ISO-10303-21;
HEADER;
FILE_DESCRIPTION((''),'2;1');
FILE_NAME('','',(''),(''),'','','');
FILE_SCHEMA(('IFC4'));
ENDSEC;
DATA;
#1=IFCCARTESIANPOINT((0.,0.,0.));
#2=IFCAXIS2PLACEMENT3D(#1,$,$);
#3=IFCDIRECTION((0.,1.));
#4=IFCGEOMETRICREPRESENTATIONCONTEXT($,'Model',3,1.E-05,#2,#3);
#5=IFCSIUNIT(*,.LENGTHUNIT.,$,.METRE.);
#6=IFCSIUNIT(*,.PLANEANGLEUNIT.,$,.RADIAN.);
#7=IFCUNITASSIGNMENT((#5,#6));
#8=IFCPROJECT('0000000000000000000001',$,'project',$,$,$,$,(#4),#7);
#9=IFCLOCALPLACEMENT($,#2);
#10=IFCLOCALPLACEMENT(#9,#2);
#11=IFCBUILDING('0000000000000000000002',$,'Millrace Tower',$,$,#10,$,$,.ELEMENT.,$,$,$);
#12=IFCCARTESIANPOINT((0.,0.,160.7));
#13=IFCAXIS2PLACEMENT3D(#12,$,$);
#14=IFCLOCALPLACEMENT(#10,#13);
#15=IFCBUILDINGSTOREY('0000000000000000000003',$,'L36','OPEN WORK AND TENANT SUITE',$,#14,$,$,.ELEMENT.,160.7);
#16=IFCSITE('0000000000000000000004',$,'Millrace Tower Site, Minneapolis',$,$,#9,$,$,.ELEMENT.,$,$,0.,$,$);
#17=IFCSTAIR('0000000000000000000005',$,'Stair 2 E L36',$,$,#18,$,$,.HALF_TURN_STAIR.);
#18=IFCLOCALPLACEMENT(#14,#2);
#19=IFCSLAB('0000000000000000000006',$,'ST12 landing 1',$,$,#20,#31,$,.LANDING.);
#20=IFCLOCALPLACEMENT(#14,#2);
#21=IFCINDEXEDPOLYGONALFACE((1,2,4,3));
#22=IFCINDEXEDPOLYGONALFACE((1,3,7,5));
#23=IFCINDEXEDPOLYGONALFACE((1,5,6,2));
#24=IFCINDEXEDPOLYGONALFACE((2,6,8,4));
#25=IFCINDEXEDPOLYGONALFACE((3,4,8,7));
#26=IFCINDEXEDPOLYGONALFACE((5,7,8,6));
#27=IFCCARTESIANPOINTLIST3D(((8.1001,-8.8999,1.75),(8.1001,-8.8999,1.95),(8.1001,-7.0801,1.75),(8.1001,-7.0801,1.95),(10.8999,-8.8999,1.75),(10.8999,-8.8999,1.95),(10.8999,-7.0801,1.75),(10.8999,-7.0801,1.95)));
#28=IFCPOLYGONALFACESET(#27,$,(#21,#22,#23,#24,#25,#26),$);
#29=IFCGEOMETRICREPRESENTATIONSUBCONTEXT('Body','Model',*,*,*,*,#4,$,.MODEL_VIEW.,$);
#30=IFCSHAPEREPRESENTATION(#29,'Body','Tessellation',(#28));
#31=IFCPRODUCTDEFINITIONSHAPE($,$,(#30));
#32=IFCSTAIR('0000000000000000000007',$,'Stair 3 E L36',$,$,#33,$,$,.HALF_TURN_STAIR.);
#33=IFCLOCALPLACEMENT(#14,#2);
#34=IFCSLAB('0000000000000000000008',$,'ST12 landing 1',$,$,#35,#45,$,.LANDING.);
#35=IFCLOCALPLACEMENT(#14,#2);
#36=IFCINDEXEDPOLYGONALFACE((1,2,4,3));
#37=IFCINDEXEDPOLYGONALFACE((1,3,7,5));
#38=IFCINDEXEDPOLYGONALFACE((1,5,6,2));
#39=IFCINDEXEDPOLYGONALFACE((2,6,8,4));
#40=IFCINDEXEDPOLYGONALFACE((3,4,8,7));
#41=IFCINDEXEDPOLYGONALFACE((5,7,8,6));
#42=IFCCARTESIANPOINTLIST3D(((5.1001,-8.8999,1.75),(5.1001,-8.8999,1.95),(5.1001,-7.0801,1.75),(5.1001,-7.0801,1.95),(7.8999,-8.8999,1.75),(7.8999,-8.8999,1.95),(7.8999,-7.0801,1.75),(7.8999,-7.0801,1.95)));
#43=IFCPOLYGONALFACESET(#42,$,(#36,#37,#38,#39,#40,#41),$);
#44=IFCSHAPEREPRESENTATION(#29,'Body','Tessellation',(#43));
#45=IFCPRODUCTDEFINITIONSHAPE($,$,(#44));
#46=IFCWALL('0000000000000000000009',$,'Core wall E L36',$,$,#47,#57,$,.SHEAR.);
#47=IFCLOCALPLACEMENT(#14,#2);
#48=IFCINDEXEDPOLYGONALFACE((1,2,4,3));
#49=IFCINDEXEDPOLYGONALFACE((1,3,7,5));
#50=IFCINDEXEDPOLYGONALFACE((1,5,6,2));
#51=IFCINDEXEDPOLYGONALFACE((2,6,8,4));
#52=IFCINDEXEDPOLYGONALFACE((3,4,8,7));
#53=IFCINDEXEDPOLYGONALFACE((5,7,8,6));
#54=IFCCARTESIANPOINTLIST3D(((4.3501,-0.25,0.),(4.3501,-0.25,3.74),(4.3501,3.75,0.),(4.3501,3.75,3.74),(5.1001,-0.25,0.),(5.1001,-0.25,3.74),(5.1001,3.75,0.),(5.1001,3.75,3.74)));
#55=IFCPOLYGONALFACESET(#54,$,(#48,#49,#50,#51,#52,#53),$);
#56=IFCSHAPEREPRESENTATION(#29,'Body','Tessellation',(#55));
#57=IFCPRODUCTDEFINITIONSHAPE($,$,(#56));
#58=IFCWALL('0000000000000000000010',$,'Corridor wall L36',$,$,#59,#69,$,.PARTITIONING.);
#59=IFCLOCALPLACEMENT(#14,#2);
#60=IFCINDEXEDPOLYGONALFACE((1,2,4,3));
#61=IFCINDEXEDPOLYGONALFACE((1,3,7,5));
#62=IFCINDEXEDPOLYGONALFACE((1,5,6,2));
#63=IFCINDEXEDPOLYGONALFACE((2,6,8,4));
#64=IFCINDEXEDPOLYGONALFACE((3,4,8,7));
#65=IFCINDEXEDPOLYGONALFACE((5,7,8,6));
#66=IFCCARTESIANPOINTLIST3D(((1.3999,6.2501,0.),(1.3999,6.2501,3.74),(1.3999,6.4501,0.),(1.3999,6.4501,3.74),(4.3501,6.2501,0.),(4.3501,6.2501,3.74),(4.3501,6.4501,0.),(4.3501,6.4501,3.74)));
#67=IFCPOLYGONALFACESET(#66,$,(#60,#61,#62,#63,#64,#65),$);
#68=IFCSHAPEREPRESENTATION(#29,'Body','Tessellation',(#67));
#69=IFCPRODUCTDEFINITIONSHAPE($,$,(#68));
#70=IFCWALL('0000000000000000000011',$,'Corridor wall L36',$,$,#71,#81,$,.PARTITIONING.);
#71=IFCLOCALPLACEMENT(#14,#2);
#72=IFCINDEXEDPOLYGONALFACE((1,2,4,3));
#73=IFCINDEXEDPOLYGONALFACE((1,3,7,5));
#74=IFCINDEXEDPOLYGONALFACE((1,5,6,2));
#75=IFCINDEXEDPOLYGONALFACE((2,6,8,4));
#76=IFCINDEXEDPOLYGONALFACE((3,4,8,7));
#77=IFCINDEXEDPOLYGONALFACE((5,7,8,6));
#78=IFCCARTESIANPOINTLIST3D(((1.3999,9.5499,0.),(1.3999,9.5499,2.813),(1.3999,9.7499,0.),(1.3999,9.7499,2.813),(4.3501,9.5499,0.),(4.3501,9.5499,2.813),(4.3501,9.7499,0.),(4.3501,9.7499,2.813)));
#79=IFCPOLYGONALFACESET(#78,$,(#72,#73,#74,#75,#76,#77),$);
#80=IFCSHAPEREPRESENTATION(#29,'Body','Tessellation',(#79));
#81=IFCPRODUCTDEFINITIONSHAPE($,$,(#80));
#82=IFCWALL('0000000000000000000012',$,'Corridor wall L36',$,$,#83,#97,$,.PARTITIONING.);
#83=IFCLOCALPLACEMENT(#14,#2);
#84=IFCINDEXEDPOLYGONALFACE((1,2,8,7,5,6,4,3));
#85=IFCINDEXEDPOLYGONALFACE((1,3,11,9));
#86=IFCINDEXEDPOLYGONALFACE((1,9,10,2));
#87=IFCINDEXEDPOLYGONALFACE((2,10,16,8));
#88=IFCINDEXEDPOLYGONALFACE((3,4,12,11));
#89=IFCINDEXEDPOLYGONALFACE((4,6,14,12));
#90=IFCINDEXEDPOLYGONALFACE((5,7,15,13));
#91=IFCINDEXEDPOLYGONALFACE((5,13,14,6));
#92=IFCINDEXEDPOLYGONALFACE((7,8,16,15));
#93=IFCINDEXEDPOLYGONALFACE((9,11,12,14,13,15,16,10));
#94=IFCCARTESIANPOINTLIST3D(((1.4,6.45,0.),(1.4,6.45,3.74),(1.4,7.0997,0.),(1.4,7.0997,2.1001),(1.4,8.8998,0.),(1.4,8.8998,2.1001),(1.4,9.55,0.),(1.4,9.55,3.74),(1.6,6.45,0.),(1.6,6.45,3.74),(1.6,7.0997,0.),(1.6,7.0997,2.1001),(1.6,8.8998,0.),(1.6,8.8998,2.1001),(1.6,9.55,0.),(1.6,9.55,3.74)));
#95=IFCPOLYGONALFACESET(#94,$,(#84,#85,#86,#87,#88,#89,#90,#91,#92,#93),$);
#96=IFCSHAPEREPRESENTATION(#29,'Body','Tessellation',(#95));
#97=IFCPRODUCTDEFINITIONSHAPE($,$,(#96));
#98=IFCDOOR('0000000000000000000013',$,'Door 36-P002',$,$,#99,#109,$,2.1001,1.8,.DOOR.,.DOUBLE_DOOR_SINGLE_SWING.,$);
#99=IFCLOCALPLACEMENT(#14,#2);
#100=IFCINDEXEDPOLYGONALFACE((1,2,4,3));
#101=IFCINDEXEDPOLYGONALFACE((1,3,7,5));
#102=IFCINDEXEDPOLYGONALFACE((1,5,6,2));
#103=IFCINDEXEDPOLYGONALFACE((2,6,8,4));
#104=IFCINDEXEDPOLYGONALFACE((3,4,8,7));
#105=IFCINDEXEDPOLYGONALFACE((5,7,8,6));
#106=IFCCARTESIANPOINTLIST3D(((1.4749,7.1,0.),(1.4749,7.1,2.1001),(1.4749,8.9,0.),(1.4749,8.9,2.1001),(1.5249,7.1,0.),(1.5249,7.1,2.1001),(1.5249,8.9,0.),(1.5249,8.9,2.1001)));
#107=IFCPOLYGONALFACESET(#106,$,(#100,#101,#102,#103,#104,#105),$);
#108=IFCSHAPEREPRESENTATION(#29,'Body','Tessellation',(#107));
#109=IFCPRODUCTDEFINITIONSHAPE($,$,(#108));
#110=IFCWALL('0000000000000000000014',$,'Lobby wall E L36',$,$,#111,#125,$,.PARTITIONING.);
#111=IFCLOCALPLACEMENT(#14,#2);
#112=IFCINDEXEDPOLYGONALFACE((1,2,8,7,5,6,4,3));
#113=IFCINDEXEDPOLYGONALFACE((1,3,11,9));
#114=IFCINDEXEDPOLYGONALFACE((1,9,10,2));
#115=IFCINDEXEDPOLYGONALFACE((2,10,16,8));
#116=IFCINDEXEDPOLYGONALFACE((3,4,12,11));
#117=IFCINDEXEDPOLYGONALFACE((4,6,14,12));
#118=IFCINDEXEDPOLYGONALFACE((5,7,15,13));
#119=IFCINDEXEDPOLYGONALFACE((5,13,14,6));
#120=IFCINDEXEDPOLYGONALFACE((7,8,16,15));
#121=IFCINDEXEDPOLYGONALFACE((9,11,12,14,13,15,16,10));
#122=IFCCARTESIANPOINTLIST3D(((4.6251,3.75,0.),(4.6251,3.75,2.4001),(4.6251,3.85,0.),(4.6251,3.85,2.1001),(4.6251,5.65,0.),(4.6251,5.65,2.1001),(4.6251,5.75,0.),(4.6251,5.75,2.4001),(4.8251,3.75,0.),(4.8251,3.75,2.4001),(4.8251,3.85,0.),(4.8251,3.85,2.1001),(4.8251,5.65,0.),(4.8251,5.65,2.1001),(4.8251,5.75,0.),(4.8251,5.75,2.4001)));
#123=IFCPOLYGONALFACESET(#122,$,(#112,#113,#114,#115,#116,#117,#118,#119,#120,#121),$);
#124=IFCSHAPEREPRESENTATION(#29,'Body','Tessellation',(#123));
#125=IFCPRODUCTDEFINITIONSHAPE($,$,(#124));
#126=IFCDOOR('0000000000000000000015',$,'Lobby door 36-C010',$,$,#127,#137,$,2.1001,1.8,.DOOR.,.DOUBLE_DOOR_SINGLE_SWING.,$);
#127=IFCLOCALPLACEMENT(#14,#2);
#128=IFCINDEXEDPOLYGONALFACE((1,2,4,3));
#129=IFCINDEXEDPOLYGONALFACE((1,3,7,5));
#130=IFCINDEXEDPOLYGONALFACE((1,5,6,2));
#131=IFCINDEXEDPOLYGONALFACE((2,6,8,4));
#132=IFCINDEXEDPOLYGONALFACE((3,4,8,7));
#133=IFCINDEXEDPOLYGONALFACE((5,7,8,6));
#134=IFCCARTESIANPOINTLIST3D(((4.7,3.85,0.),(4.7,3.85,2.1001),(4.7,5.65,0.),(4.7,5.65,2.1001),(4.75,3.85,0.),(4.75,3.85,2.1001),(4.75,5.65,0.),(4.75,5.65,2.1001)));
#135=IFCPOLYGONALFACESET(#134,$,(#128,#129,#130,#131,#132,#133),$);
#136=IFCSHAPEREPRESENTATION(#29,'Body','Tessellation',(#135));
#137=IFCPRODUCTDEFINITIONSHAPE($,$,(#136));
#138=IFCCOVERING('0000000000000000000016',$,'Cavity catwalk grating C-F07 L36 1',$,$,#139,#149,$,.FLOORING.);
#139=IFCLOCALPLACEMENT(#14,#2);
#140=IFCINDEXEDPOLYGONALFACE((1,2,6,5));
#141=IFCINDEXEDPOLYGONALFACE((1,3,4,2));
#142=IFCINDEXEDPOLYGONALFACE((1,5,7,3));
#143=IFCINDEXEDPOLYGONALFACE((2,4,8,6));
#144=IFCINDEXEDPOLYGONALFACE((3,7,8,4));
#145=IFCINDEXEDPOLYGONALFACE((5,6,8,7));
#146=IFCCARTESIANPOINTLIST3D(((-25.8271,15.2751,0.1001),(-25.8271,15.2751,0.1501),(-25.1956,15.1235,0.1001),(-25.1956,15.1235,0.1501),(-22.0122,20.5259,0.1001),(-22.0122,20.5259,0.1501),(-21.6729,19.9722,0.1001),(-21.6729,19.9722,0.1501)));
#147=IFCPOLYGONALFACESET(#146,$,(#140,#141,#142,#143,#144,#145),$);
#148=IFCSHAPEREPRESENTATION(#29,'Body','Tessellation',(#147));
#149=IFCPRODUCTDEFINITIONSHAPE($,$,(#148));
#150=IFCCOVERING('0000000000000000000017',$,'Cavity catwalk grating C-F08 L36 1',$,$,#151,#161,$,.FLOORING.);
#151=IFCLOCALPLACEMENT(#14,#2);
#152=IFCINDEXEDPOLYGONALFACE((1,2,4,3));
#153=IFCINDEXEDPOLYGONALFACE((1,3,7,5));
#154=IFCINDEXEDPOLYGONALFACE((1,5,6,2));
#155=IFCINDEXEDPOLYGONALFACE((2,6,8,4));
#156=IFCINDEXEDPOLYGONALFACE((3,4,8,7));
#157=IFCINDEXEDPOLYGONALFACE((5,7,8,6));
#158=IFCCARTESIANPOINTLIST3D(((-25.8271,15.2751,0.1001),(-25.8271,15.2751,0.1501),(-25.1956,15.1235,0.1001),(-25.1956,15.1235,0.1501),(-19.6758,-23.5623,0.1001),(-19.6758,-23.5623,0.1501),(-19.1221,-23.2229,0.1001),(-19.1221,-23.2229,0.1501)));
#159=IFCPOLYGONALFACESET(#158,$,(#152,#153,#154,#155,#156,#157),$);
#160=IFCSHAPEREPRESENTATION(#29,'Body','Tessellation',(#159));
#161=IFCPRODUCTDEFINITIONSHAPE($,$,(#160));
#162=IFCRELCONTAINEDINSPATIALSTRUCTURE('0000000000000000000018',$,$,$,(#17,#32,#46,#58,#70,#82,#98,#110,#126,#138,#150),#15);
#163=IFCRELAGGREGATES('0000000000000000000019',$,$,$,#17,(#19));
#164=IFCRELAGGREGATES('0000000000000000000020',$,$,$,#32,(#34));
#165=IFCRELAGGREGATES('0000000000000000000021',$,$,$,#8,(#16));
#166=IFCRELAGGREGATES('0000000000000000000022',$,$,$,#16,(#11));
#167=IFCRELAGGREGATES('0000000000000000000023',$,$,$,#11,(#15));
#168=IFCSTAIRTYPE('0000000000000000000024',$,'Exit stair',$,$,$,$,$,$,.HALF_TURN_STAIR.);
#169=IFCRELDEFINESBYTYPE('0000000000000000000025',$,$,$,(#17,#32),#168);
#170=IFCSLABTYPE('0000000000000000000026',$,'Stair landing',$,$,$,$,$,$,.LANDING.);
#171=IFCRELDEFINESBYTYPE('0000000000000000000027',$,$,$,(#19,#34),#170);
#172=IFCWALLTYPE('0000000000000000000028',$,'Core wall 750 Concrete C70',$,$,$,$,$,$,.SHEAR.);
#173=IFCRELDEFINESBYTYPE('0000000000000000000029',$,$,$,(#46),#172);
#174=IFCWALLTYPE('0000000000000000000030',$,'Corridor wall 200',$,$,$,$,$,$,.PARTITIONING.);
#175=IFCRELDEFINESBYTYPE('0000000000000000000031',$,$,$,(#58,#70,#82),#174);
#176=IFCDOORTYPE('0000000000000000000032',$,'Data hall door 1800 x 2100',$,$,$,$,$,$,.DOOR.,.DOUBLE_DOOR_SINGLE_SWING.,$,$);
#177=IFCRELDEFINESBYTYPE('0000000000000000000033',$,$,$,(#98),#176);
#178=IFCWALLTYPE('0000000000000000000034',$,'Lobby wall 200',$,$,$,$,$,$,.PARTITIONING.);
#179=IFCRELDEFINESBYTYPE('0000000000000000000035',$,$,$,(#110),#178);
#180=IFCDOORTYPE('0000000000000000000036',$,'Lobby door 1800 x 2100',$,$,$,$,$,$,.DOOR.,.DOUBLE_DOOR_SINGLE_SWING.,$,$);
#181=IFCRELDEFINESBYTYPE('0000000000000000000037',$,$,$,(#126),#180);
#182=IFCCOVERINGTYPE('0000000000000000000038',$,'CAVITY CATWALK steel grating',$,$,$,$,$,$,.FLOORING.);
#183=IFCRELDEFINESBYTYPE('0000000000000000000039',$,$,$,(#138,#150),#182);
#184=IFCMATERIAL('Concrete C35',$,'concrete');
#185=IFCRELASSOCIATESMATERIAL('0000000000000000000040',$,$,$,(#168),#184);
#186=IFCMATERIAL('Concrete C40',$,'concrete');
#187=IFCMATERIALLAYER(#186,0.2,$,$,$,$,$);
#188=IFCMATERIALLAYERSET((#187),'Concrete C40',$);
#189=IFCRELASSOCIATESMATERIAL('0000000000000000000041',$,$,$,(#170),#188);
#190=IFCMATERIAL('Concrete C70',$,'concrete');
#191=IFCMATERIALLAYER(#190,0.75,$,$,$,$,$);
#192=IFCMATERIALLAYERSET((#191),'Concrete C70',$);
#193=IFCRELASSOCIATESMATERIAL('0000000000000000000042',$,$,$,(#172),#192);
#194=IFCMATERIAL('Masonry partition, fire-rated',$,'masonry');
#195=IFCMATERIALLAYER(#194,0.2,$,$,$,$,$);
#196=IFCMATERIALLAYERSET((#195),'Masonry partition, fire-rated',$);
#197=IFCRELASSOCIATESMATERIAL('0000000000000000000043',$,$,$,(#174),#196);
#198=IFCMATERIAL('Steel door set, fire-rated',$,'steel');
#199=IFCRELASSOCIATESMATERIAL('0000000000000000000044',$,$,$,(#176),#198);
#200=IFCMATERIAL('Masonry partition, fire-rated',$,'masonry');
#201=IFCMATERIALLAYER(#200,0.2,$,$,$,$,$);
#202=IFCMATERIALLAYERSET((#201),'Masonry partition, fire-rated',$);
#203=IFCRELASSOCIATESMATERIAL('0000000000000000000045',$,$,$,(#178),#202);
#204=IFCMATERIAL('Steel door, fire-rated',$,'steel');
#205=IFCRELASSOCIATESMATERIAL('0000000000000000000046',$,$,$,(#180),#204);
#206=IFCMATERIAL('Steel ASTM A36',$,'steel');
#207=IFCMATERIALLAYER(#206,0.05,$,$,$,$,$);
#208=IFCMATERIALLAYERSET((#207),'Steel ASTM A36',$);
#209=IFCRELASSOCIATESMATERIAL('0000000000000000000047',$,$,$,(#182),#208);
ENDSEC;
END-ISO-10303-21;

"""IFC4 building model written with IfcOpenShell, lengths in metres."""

from ifc_helpers import new_model, si_unit, direction, frame, frame_2d, origin, place, context, subcontext, project, spatial, polyline, rectangle, outline, extrude, material, layer, layer_set, type_object, element, fill, aggregate, save


model = new_model("IFC4")

# Units and contexts
model_context = context("Model", 3, precision=1e-05, world=origin(), true_north=direction((0.0, 1.0)))
body_context = subcontext(model_context, "Body", "Model", "MODEL_VIEW")
ifc_project = project(units=[si_unit("LENGTHUNIT", "METRE"), si_unit("PLANEANGLEUNIT", "RADIAN")], contexts=[model_context])

# Site, building, storey
site_placement = place(None, origin())
site = spatial("IfcSite", under=ifc_project, at=site_placement, Name="Millrace Tower Site, Minneapolis", CompositionType="ELEMENT", RefElevation=0.0)
building_placement = place(site_placement, origin())
building = spatial("IfcBuilding", under=site, at=building_placement, Name="Millrace Tower", CompositionType="ELEMENT")
storey_placement = place(building_placement, frame((0.0, 0.0, 160.7)))
storey = spatial("IfcBuildingStorey", under=building, at=storey_placement, Name="L36", Description="OPEN WORK AND TENANT SUITE", CompositionType="ELEMENT", Elevation=160.7)

# Shared definitions
placement_1 = place(storey_placement, origin())

# Stairs, slabs
ifc_material_1 = material(Name="Concrete C35", Category="concrete")
stair_type = type_object("IfcStairType", Name="Exit stair", PredefinedType="HALF_TURN_STAIR", material=ifc_material_1)
ifc_material_2 = material(Name="Concrete C40", Category="concrete")
ifc_layer_1 = layer(ifc_material_2, 0.2)
ifc_layer_set_1 = layer_set([ifc_layer_1], Name="Concrete C40")
slab_type = type_object("IfcSlabType", Name="Stair landing", PredefinedType="LANDING", material=ifc_layer_set_1)
placement_2 = place(storey_placement, frame((0.0, 0.0, 1.75)))
stair_1 = element("IfcStair", 1, at=placement_1, inside=storey, type_object=stair_type, Name="Stair 2 E L36", PredefinedType="HALF_TURN_STAIR")
slab_1 = element("IfcSlab", 2, at=placement_2, type_object=slab_type, Name="ST12 landing 1", PredefinedType="LANDING", context=body_context, shape_type="SweptSolid", body=[
    extrude(outline(polyline([(8.1001, -8.8999), (10.8999, -8.8999), (10.8999, -7.0801), (8.1001, -7.0801), (8.1001, -8.8999)])), origin(), (0.0, 0.0, 1.0), 0.2),
])
aggregate(stair_1, [slab_1])
stair_2 = element("IfcStair", 3, at=placement_1, inside=storey, type_object=stair_type, Name="Stair 3 E L36", PredefinedType="HALF_TURN_STAIR")
slab_2 = element("IfcSlab", 4, at=placement_2, type_object=slab_type, Name="ST12 landing 1", PredefinedType="LANDING", context=body_context, shape_type="SweptSolid", body=[
    extrude(outline(polyline([(5.1001, -8.8999), (7.8999, -8.8999), (7.8999, -7.0801), (5.1001, -7.0801), (5.1001, -8.8999)])), origin(), (0.0, 0.0, 1.0), 0.2),
])
aggregate(stair_2, [slab_2])

# Walls
ifc_material_3 = material(Name="Concrete C70", Category="concrete")
ifc_layer_2 = layer(ifc_material_3, 0.75)
ifc_layer_set_2 = layer_set([ifc_layer_2], Name="Concrete C70")
wall_type_1 = type_object("IfcWallType", Name="Core wall 750 Concrete C70", PredefinedType="SHEAR", material=ifc_layer_set_2)
wall_1_placement = place(storey_placement, frame((4.7251, 3.75, 0.0), z_axis=(0.0, 0.0, 1.0), x_axis=(0.0, -1.0, 0.0)))
element("IfcWall", 5, at=wall_1_placement, inside=storey, type_object=wall_type_1, Name="Core wall E L36", PredefinedType="SHEAR", context=body_context, shape_type="SweptSolid", body=[
    extrude(rectangle(XDim=4.0, YDim=0.75, at=frame_2d((2.0, 0.0))), origin(), (0.0, 0.0, 1.0), 3.74),
])
ifc_material_4 = material(Name="Masonry partition, fire-rated", Category="masonry")
ifc_layer_3 = layer(ifc_material_4, 0.2)
ifc_layer_set_3 = layer_set([ifc_layer_3], Name="Masonry partition, fire-rated")
wall_type_2 = type_object("IfcWallType", Name="Corridor wall 200", PredefinedType="PARTITIONING", material=ifc_layer_set_3)
wall_2_placement = place(storey_placement, frame((1.3999, 6.3501, 0.0), z_axis=(0.0, 0.0, 1.0), x_axis=(1.0, 0.0, 0.0)))
element("IfcWall", 6, at=wall_2_placement, inside=storey, type_object=wall_type_2, Name="Corridor wall L36", PredefinedType="PARTITIONING", context=body_context, shape_type="SweptSolid", body=[
    extrude(rectangle(XDim=2.9502, YDim=0.2, at=frame_2d((1.4751, 0.0))), origin(), (0.0, 0.0, 1.0), 3.74),
])
wall_3_placement = place(storey_placement, frame((1.3999, 9.6499, 0.0), z_axis=(0.0, 0.0, 1.0), x_axis=(1.0, 0.0, 0.0)))
element("IfcWall", 7, at=wall_3_placement, inside=storey, type_object=wall_type_2, Name="Corridor wall L36", PredefinedType="PARTITIONING", context=body_context, shape_type="SweptSolid", body=[
    extrude(rectangle(XDim=2.9502, YDim=0.2, at=frame_2d((1.4751, 0.0))), origin(), (0.0, 0.0, 1.0), 2.813),
])

# Walls, openings, doors
wall_4_placement = place(storey_placement, frame((1.5, 6.45, 0.0), z_axis=(0.0, 0.0, 1.0), x_axis=(0.0, 1.0, 0.0)))
wall_4 = element("IfcWall", 8, at=wall_4_placement, inside=storey, type_object=wall_type_2, Name="Corridor wall L36", PredefinedType="PARTITIONING", context=body_context, shape_type="SweptSolid", body=[
    extrude(rectangle(XDim=3.1001, YDim=0.2, at=frame_2d((1.55, 0.0))), origin(), (0.0, 0.0, 1.0), 3.74),
])
opening_1_placement = place(wall_4_placement, frame((0.6499, 0.0, 0.0)))
opening_1 = element("IfcOpeningElement", 9, at=opening_1_placement, cuts=wall_4, PredefinedType="OPENING", context=body_context, shape_type="SweptSolid", body=[
    extrude(rectangle(XDim=1.8, YDim=2.1001, at=frame_2d((0.8999, 1.05))), frame((0.0, 0.1099, 0.0), z_axis=(0.0, -1.0, 0.0), x_axis=(1.0, 0.0, 0.0)), (0.0, 0.0, 1.0), 0.22),
])
ifc_material_5 = material(Name="Steel door set, fire-rated", Category="steel")
door_type_1 = type_object("IfcDoorType", Name="Data hall door 1800 x 2100", OperationType="DOUBLE_DOOR_SINGLE_SWING", PredefinedType="DOOR", material=ifc_material_5)
door_1_placement = place(opening_1_placement, frame((1.8, 0.0, 0.0), z_axis=(0.0, 0.0, 1.0), x_axis=(-1.0, 0.0, 0.0)))
door_1 = element("IfcDoor", 10, at=door_1_placement, inside=storey, type_object=door_type_1, Name="Door 36-P002", OperationType="DOUBLE_DOOR_SINGLE_SWING", OverallHeight=2.1001, OverallWidth=1.8, PredefinedType="DOOR", context=body_context, shape_type="SweptSolid", body=[
    extrude(rectangle(XDim=1.8, YDim=2.1001, at=frame_2d((0.8999, 1.05))), frame((0.0, 0.0249, 0.0), z_axis=(0.0, -1.0, 0.0), x_axis=(1.0, 0.0, 0.0)), (0.0, 0.0, 1.0), 0.05),
])
fill(opening_1, door_1)
ifc_material_6 = material(Name="Masonry partition, fire-rated", Category="masonry")
ifc_layer_4 = layer(ifc_material_6, 0.2)
ifc_layer_set_4 = layer_set([ifc_layer_4], Name="Masonry partition, fire-rated")
wall_type_3 = type_object("IfcWallType", Name="Lobby wall 200", PredefinedType="PARTITIONING", material=ifc_layer_set_4)
wall_5_placement = place(storey_placement, frame((4.7251, 5.75, 0.0), z_axis=(0.0, 0.0, 1.0), x_axis=(0.0, -1.0, 0.0)))
wall_5 = element("IfcWall", 11, at=wall_5_placement, inside=storey, type_object=wall_type_3, Name="Lobby wall E L36", PredefinedType="PARTITIONING", context=body_context, shape_type="SweptSolid", body=[
    extrude(rectangle(XDim=2.0, YDim=0.2, at=frame_2d((1.0, 0.0))), origin(), (0.0, 0.0, 1.0), 2.4001),
])
opening_2_placement = place(wall_5_placement, frame((0.1001, 0.0, 0.0)))
opening_2 = element("IfcOpeningElement", 12, at=opening_2_placement, cuts=wall_5, PredefinedType="OPENING", context=body_context, shape_type="SweptSolid", body=[
    extrude(rectangle(XDim=1.8, YDim=2.1001, at=frame_2d((0.8999, 1.05))), frame((0.0, 0.1099, 0.0), z_axis=(0.0, -1.0, 0.0), x_axis=(1.0, 0.0, 0.0)), (0.0, 0.0, 1.0), 0.22),
])
ifc_material_7 = material(Name="Steel door, fire-rated", Category="steel")
door_type_2 = type_object("IfcDoorType", Name="Lobby door 1800 x 2100", OperationType="DOUBLE_DOOR_SINGLE_SWING", PredefinedType="DOOR", material=ifc_material_7)
door_2_placement = place(opening_2_placement, origin())
door_2 = element("IfcDoor", 13, at=door_2_placement, inside=storey, type_object=door_type_2, Name="Lobby door 36-C010", OperationType="DOUBLE_DOOR_SINGLE_SWING", OverallHeight=2.1001, OverallWidth=1.8, PredefinedType="DOOR", context=body_context, shape_type="SweptSolid", body=[
    extrude(rectangle(XDim=1.8, YDim=2.1001, at=frame_2d((0.8999, 1.05))), frame((0.0, 0.0249, 0.0), z_axis=(0.0, -1.0, 0.0), x_axis=(1.0, 0.0, 0.0)), (0.0, 0.0, 1.0), 0.05),
])
fill(opening_2, door_2)

# Coverings
ifc_material_8 = material(Name="Steel ASTM A36", Category="steel")
ifc_layer_5 = layer(ifc_material_8, 0.05)
ifc_layer_set_5 = layer_set([ifc_layer_5], Name="Steel ASTM A36")
covering_type = type_object("IfcCoveringType", Name="CAVITY CATWALK steel grating", PredefinedType="FLOORING", material=ifc_layer_set_5)
placement_3 = place(storey_placement, frame((0.0, 0.0, 0.1001)))
element("IfcCovering", 14, at=placement_3, inside=storey, type_object=covering_type, Name="Cavity catwalk grating C-F07 L36 1", PredefinedType="FLOORING", context=body_context, shape_type="SweptSolid", body=[
    extrude(outline(polyline([(-22.0122, 20.5259), (-25.8271, 15.2751), (-25.1956, 15.1235), (-21.6729, 19.9722), (-22.0122, 20.5259)])), origin(), (0.0, 0.0, 1.0), 0.05),
])
element("IfcCovering", 15, at=placement_3, inside=storey, type_object=covering_type, Name="Cavity catwalk grating C-F08 L36 1", PredefinedType="FLOORING", context=body_context, shape_type="SweptSolid", body=[
    extrude(outline(polyline([(-25.8271, 15.2751), (-19.6758, -23.5623), (-19.1221, -23.2229), (-25.1956, 15.1235), (-25.8271, 15.2751)])), origin(), (0.0, 0.0, 1.0), 0.05),
])

save(model, "model.ifc")
